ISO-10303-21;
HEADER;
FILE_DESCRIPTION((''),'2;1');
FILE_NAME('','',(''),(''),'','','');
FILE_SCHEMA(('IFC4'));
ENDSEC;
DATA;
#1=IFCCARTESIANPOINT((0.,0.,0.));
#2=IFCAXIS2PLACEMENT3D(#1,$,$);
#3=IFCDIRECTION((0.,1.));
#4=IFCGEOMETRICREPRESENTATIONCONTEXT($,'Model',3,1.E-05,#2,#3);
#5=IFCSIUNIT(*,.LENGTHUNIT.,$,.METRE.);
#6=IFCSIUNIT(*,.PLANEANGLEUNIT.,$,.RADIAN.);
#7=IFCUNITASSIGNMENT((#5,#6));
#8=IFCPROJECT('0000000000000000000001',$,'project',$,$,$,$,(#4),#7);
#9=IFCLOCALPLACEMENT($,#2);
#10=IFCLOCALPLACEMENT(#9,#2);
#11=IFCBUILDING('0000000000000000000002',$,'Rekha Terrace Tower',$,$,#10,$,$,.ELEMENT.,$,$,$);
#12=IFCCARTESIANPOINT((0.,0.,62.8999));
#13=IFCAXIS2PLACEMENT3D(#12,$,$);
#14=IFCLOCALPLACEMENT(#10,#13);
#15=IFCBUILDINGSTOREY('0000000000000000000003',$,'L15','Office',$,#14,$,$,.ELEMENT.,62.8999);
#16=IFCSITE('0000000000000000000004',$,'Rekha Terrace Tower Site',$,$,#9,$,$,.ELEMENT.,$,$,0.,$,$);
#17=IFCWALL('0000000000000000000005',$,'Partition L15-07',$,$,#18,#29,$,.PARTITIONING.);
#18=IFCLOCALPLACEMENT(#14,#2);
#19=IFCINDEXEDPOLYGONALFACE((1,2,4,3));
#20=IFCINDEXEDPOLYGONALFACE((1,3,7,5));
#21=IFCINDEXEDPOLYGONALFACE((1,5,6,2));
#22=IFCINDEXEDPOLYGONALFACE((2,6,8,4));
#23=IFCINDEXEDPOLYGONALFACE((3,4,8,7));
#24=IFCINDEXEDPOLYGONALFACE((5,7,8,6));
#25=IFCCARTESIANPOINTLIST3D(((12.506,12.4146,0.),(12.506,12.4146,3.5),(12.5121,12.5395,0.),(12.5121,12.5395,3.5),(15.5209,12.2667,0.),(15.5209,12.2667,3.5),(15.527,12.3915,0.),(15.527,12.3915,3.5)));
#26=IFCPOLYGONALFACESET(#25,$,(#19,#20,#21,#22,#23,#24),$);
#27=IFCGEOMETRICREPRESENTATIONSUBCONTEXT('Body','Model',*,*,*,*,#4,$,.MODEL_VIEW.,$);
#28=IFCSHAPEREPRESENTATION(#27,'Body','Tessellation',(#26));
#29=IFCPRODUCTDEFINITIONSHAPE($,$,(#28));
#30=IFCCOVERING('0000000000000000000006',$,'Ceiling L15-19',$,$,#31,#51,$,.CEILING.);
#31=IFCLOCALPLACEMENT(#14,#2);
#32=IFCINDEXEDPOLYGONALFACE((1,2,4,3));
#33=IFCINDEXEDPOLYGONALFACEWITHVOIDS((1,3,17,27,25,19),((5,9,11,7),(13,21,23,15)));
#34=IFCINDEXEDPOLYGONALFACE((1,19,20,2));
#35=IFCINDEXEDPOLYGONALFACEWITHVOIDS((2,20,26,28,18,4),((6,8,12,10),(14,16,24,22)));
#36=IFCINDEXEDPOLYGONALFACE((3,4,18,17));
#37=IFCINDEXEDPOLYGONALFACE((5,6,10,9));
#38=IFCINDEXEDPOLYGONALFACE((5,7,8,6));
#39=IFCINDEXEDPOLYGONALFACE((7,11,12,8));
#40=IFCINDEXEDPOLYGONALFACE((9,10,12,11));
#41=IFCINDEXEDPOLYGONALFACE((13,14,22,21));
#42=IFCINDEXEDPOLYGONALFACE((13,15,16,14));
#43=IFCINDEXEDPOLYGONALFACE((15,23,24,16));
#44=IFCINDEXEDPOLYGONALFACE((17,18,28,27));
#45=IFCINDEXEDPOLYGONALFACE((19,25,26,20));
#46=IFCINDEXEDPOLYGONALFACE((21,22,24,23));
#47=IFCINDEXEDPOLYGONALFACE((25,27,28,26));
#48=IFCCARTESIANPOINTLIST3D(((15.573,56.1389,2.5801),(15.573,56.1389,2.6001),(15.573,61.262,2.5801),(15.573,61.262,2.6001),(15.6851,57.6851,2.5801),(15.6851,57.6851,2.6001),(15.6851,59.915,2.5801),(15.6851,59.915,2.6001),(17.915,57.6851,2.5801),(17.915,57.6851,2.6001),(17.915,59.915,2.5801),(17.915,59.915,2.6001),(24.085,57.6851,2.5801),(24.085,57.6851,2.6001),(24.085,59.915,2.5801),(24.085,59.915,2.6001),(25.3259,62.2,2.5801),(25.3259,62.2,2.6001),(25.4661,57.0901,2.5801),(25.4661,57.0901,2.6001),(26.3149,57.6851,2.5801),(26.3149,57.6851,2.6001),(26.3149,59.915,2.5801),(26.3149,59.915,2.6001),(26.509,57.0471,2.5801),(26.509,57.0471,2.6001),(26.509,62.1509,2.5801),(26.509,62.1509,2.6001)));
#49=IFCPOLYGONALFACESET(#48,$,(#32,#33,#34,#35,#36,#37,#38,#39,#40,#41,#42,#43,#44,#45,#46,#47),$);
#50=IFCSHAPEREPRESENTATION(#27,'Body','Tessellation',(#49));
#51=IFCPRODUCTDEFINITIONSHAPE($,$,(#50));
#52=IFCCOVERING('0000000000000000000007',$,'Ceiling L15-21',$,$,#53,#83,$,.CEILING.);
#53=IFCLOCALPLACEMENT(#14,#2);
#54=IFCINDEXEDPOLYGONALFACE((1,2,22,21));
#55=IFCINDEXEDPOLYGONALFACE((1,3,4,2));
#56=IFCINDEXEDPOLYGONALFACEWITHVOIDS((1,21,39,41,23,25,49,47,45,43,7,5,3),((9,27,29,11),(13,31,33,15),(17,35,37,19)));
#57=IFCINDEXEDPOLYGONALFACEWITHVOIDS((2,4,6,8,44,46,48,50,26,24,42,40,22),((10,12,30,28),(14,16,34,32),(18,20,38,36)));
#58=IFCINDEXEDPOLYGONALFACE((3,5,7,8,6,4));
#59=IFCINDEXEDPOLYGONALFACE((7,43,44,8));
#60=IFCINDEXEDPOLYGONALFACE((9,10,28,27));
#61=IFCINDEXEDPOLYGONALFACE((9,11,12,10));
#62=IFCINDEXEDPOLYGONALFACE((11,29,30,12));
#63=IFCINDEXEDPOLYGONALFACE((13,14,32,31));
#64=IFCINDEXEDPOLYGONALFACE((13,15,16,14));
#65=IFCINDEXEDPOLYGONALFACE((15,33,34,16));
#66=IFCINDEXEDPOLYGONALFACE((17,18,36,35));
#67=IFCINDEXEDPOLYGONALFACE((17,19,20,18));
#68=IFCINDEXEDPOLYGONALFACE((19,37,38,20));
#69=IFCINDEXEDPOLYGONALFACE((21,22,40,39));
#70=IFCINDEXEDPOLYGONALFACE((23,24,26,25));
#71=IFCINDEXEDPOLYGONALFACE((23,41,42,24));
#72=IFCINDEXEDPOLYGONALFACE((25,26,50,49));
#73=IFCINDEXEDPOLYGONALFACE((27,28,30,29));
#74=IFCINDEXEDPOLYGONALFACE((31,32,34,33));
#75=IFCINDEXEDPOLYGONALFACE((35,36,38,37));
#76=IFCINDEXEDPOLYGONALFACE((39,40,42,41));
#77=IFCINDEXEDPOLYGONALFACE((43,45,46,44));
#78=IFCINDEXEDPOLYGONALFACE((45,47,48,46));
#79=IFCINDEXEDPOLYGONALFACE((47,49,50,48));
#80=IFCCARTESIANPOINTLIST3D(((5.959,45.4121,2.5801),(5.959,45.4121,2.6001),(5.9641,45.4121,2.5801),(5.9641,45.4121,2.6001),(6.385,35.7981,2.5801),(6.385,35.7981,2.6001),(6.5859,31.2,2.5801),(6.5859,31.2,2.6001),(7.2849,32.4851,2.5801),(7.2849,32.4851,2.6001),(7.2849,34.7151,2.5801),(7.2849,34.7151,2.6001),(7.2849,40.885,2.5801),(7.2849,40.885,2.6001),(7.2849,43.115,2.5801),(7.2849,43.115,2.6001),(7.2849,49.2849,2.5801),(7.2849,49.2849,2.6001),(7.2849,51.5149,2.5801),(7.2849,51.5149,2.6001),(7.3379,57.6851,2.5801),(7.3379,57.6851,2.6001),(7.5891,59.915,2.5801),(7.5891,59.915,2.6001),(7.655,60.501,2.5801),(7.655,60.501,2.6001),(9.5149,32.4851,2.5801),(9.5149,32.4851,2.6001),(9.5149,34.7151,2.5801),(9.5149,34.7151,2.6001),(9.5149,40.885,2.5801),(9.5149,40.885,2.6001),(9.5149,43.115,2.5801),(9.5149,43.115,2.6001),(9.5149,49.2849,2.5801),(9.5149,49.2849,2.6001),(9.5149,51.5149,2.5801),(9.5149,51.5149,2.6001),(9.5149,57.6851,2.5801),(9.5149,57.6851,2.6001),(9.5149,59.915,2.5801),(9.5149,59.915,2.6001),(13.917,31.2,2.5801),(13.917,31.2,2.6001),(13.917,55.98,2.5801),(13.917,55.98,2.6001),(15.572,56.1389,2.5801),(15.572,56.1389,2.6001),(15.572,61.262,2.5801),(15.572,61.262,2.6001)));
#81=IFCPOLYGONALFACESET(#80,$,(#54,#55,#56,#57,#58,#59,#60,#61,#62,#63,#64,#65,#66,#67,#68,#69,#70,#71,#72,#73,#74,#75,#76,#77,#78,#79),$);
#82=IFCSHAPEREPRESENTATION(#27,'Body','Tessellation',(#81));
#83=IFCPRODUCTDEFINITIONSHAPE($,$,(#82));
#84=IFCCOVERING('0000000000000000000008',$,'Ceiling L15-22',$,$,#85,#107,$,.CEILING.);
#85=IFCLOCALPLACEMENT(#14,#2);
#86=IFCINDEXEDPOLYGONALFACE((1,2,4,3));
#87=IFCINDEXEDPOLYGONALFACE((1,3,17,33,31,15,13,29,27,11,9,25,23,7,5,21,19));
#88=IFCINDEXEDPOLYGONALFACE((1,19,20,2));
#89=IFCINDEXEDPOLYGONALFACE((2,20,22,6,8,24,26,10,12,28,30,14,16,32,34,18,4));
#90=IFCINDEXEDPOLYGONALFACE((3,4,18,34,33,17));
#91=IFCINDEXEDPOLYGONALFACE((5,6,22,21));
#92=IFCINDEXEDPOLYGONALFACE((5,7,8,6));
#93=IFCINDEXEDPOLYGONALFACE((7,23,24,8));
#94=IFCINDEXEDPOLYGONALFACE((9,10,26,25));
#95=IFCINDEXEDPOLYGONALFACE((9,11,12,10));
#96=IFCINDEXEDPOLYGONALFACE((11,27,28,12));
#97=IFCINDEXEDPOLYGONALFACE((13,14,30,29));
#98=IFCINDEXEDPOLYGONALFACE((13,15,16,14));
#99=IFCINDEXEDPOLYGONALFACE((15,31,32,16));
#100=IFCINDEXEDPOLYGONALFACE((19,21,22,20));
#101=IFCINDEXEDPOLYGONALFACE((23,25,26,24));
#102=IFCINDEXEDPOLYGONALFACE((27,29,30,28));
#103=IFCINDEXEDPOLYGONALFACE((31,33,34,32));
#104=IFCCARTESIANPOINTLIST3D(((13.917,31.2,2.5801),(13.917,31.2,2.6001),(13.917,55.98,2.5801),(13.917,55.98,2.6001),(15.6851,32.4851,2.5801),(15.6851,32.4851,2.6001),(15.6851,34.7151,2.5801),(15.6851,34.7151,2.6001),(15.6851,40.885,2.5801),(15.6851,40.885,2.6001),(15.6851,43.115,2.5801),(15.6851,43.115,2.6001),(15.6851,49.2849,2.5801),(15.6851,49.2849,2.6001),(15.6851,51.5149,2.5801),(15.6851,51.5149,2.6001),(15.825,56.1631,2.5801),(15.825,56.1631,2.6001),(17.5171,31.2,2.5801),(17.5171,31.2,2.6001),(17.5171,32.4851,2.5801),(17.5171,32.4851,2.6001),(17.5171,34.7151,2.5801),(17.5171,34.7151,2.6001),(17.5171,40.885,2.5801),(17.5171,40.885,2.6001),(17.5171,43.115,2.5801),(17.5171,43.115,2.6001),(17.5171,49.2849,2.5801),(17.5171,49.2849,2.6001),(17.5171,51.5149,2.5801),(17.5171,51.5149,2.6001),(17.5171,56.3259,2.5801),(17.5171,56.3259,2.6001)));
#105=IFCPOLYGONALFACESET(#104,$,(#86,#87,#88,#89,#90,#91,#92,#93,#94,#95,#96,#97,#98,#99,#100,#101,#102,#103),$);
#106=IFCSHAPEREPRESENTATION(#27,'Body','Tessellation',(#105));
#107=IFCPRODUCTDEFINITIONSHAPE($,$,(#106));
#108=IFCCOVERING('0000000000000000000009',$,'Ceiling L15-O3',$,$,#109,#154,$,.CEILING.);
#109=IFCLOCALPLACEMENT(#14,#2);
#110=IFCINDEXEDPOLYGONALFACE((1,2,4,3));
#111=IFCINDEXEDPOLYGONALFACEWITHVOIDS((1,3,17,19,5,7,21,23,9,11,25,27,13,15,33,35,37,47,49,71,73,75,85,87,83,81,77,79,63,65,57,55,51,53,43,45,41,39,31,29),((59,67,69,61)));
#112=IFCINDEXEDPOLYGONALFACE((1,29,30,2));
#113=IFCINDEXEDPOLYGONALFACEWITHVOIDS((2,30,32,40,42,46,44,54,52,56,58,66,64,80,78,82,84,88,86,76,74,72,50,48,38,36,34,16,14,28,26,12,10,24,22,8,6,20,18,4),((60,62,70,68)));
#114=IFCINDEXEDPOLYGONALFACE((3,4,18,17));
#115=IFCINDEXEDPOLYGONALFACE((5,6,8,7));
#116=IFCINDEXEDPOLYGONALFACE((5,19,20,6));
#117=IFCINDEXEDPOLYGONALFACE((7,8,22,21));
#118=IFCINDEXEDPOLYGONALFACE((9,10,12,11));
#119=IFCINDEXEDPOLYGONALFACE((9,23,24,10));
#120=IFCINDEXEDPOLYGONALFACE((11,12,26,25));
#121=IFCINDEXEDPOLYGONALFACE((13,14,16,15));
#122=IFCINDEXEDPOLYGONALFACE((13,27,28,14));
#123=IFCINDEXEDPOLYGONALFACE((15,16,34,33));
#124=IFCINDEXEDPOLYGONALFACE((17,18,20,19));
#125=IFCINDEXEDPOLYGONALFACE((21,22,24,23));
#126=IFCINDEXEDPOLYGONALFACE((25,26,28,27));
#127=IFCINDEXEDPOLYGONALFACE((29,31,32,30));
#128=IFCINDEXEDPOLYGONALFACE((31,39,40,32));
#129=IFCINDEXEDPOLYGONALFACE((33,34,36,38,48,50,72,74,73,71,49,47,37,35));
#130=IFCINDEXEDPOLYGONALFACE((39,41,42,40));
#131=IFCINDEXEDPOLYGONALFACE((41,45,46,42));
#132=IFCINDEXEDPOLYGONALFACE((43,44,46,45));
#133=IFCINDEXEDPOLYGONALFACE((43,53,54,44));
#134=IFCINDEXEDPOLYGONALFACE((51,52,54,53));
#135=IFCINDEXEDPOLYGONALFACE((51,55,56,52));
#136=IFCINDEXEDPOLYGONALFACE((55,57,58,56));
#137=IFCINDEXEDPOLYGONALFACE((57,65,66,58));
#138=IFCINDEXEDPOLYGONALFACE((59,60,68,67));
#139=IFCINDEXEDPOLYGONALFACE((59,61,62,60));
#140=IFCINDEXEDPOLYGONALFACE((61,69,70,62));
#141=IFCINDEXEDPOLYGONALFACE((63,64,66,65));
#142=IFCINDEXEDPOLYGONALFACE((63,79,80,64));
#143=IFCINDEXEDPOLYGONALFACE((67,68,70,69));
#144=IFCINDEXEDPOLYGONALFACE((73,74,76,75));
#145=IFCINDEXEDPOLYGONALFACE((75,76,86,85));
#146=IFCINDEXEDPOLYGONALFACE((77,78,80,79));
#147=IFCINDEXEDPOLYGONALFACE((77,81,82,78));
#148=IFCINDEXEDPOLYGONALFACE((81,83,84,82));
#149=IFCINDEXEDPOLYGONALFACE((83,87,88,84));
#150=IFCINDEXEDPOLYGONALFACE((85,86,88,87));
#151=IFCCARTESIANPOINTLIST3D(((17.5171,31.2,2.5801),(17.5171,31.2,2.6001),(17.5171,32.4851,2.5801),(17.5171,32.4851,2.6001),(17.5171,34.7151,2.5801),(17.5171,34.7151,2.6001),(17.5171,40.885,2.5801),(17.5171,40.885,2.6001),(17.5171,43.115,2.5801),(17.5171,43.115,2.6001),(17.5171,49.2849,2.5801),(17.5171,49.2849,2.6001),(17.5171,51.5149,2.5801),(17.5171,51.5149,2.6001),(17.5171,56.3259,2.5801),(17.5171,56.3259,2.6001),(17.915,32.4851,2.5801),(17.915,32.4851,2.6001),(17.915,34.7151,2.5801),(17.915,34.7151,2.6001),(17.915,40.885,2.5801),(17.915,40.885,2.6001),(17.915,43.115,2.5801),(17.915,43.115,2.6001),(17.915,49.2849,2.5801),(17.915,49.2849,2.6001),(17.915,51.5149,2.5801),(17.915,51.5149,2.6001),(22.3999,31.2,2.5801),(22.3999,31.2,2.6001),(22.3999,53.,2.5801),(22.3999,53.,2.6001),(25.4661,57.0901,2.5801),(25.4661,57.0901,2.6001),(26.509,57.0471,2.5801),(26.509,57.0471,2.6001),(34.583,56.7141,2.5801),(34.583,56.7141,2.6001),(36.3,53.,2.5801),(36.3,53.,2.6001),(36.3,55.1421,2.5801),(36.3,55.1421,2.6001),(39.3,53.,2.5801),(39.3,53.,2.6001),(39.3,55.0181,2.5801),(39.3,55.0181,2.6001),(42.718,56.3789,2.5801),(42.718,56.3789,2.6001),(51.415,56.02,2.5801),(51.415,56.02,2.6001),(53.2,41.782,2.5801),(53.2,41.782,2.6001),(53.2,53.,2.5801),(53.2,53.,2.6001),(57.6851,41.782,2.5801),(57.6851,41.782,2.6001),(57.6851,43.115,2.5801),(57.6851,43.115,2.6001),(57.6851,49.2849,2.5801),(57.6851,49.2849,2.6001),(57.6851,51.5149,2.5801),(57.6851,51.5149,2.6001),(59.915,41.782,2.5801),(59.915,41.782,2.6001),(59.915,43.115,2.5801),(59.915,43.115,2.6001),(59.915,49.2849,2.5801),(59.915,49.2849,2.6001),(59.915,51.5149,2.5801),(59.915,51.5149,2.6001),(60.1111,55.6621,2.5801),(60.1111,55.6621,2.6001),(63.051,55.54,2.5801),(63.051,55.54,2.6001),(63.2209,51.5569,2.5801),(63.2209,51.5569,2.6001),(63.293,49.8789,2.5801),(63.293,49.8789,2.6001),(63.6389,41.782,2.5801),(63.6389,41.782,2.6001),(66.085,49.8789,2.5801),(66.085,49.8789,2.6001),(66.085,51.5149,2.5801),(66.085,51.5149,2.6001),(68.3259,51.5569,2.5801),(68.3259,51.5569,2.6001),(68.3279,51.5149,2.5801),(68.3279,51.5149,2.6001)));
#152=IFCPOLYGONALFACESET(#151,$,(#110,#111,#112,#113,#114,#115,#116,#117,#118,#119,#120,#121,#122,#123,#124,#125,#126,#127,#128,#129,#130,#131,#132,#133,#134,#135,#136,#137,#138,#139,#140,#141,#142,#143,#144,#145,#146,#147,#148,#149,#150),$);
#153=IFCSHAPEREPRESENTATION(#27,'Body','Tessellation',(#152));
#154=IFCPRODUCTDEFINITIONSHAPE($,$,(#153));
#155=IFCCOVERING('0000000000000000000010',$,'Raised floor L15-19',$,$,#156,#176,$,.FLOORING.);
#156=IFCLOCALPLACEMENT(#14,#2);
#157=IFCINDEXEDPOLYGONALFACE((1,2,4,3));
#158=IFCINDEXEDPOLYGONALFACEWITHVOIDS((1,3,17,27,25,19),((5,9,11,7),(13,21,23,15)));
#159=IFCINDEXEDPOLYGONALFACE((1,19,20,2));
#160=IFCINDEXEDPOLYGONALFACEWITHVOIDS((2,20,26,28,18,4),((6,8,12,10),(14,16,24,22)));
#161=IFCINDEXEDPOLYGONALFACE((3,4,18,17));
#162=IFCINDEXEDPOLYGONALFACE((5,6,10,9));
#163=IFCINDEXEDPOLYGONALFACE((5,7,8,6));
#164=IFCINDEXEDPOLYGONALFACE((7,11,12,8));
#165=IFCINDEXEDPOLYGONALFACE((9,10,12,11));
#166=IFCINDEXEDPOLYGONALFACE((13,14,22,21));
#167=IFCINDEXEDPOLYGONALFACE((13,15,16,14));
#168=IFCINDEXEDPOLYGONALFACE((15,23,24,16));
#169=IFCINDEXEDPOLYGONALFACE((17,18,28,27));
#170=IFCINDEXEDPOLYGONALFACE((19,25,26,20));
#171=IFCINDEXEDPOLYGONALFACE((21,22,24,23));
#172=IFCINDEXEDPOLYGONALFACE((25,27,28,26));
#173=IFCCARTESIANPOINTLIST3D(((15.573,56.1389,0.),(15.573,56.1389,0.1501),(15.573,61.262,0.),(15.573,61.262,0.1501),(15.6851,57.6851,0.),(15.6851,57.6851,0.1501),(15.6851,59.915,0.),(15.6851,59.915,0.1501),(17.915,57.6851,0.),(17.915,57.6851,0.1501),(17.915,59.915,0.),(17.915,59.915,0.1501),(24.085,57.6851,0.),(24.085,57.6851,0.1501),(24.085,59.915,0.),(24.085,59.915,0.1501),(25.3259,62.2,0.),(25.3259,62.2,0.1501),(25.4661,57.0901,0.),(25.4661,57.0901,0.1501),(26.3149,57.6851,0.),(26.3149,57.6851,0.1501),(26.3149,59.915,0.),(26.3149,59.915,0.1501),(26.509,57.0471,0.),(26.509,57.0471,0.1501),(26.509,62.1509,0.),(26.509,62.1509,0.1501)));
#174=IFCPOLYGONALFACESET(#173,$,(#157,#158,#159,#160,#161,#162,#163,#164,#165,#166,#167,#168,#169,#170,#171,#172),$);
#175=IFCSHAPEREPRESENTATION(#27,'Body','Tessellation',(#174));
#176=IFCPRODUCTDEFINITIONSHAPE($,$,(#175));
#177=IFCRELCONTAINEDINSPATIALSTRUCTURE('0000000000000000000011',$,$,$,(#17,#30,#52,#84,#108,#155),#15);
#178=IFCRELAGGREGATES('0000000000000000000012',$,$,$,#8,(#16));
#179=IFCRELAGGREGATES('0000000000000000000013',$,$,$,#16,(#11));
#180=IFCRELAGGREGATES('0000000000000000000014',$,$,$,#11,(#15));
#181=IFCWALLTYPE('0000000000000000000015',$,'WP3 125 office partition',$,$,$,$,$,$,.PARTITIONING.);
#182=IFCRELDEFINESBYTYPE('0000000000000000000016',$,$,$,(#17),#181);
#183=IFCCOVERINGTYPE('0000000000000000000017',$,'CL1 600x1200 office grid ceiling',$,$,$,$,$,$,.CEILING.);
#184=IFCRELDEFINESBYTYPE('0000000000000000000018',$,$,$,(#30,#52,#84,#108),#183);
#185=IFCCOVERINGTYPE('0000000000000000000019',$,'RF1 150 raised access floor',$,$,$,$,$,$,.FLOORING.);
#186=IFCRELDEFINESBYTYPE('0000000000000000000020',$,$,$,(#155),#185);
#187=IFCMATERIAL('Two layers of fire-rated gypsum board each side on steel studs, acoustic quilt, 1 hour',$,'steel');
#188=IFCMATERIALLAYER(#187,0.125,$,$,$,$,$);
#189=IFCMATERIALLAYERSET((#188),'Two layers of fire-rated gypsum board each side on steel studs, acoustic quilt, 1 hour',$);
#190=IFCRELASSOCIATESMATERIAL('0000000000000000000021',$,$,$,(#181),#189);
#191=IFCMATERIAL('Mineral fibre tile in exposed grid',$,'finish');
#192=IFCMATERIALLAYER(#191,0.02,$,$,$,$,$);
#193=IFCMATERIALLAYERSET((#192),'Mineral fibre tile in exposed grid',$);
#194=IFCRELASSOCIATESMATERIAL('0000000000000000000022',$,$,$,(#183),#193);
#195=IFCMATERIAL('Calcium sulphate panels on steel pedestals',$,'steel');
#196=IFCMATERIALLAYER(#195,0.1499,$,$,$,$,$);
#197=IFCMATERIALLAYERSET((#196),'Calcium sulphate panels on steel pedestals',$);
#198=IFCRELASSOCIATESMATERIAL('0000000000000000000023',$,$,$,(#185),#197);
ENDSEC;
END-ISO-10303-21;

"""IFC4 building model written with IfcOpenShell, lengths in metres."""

from ifc_helpers import new_model, si_unit, direction, frame, frame_2d, origin, place, context, subcontext, project, spatial, polyline, rectangle, outline, extrude, material, layer, layer_set, type_object, element, save


model = new_model("IFC4")

# Units and contexts
model_context = context("Model", 3, precision=1e-05, world=origin(), true_north=direction((0.0, 1.0)))
body_context = subcontext(model_context, "Body", "Model", "MODEL_VIEW")
ifc_project = project(units=[si_unit("LENGTHUNIT", "METRE"), si_unit("PLANEANGLEUNIT", "RADIAN")], contexts=[model_context])

# Site, building, storey
site_placement = place(None, origin())
site = spatial("IfcSite", under=ifc_project, at=site_placement, Name="Rekha Terrace Tower Site", CompositionType="ELEMENT", RefElevation=0.0)
building_placement = place(site_placement, origin())
building = spatial("IfcBuilding", under=site, at=building_placement, Name="Rekha Terrace Tower", CompositionType="ELEMENT")
storey_placement = place(building_placement, frame((0.0, 0.0, 62.8999)))
storey = spatial("IfcBuildingStorey", under=building, at=storey_placement, Name="L15", Description="Office", CompositionType="ELEMENT", Elevation=62.8999)

# Shared definitions
ifc_material_1 = material(Name="Two layers of fire-rated gypsum board each side on steel studs, acoustic quilt, 1 hour", Category="steel")
ifc_layer_1 = layer(ifc_material_1, 0.125)
ifc_layer_set_1 = layer_set([ifc_layer_1], Name="Two layers of fire-rated gypsum board each side on steel studs, acoustic quilt, 1 hour")
wall_type = type_object("IfcWallType", Name="WP3 125 office partition", PredefinedType="PARTITIONING", material=ifc_layer_set_1)

# Wall
wall_1_placement = place(storey_placement, frame((12.509, 12.4771, 0.0), z_axis=(0.0, 0.0, 1.0), x_axis=(0.998798, -0.049014, 0.0)))
element("IfcWall", 1, at=wall_1_placement, inside=storey, type_object=wall_type, Name="Partition L15-07", PredefinedType="PARTITIONING", context=body_context, shape_type="SweptSolid", body=[
    extrude(rectangle(XDim=3.0186, YDim=0.125, at=frame_2d((1.5093, 0.0))), origin(), (0.0, 0.0, 1.0), 3.5),
])

# Coverings
ifc_material_2 = material(Name="Mineral fibre tile in exposed grid", Category="finish")
ifc_layer_2 = layer(ifc_material_2, 0.02)
ifc_layer_set_2 = layer_set([ifc_layer_2], Name="Mineral fibre tile in exposed grid")
covering_type_1 = type_object("IfcCoveringType", Name="CL1 600x1200 office grid ceiling", PredefinedType="CEILING", material=ifc_layer_set_2)
covering_1_placement = place(storey_placement, frame((0.0, 0.0, 2.5801)))
element("IfcCovering", 2, at=covering_1_placement, inside=storey, type_object=covering_type_1, Name="Ceiling L15-19", PredefinedType="CEILING", context=body_context, shape_type="SweptSolid", body=[
    extrude(outline(polyline([(25.3259, 62.2), (15.573, 61.262), (15.573, 56.1389), (25.4661, 57.0901), (26.509, 57.0471), (26.509, 62.1509), (25.3259, 62.2)]), holes=[polyline([(26.3149, 57.6851), (24.085, 57.6851), (24.085, 59.915), (26.3149, 59.915), (26.3149, 57.6851)]), polyline([(17.915, 57.6851), (15.6851, 57.6851), (15.6851, 59.915), (17.915, 59.915), (17.915, 57.6851)])]), origin(), (0.0, 0.0, 1.0), 0.02),
])
covering_2_placement = place(storey_placement, frame((0.0, 0.0, 2.5801)))
element("IfcCovering", 3, at=covering_2_placement, inside=storey, type_object=covering_type_1, Name="Ceiling L15-21", PredefinedType="CEILING", context=body_context, shape_type="SweptSolid", body=[
    extrude(outline(polyline([(7.3379, 57.6851), (5.959, 45.4121), (5.9641, 45.4121), (6.385, 35.7981), (6.5859, 31.2), (13.917, 31.2), (13.917, 55.98), (15.572, 56.1389), (15.572, 61.262), (7.655, 60.501), (7.5891, 59.915), (9.5149, 59.915), (9.5149, 57.6851), (7.3379, 57.6851)]), holes=[polyline([(9.5149, 32.4851), (7.2849, 32.4851), (7.2849, 34.7151), (9.5149, 34.7151), (9.5149, 32.4851)]), polyline([(9.5149, 40.885), (7.2849, 40.885), (7.2849, 43.115), (9.5149, 43.115), (9.5149, 40.885)]), polyline([(9.5149, 51.5149), (9.5149, 49.2849), (7.2849, 49.2849), (7.2849, 51.5149), (9.5149, 51.5149)])]), origin(), (0.0, 0.0, 1.0), 0.02),
])
covering_3_placement = place(storey_placement, frame((0.0, 0.0, 2.5801)))
element("IfcCovering", 4, at=covering_3_placement, inside=storey, type_object=covering_type_1, Name="Ceiling L15-22", PredefinedType="CEILING", context=body_context, shape_type="SweptSolid", body=[
    extrude(outline(polyline([(17.5171, 56.3259), (15.825, 56.1631), (13.917, 55.98), (13.917, 31.2), (17.5171, 31.2), (17.5171, 32.4851), (15.6851, 32.4851), (15.6851, 34.7151), (17.5171, 34.7151), (17.5171, 40.885), (15.6851, 40.885), (15.6851, 43.115), (17.5171, 43.115), (17.5171, 49.2849), (15.6851, 49.2849), (15.6851, 51.5149), (17.5171, 51.5149), (17.5171, 56.3259)])), origin(), (0.0, 0.0, 1.0), 0.02),
])
covering_4_placement = place(storey_placement, frame((0.0, 0.0, 2.5801)))
element("IfcCovering", 5, at=covering_4_placement, inside=storey, type_object=covering_type_1, Name="Ceiling L15-O3", PredefinedType="CEILING", context=body_context, shape_type="SweptSolid", body=[
    extrude(outline(polyline([(34.583, 56.7141), (26.509, 57.0471), (25.4661, 57.0901), (17.5171, 56.3259), (17.5171, 51.5149), (17.915, 51.5149), (17.915, 49.2849), (17.5171, 49.2849), (17.5171, 43.115), (17.915, 43.115), (17.915, 40.885), (17.5171, 40.885), (17.5171, 34.7151), (17.915, 34.7151), (17.915, 32.4851), (17.5171, 32.4851), (17.5171, 31.2), (22.3999, 31.2), (22.3999, 53.0), (36.3, 53.0), (36.3, 55.1421), (39.3, 55.0181), (39.3, 53.0), (53.2, 53.0), (53.2, 41.782), (57.6851, 41.782), (57.6851, 43.115), (59.915, 43.115), (59.915, 41.782), (63.6389, 41.782), (63.293, 49.8789), (66.085, 49.8789), (66.085, 51.5149), (68.3279, 51.5149), (68.3259, 51.5569), (63.2209, 51.5569), (63.051, 55.54), (60.1111, 55.6621), (51.415, 56.02), (42.718, 56.3789), (34.583, 56.7141)]), holes=[polyline([(59.915, 49.2849), (57.6851, 49.2849), (57.6851, 51.5149), (59.915, 51.5149), (59.915, 49.2849)])]), origin(), (0.0, 0.0, 1.0), 0.02),
])
ifc_material_3 = material(Name="Calcium sulphate panels on steel pedestals", Category="steel")
ifc_layer_3 = layer(ifc_material_3, 0.1499)
ifc_layer_set_3 = layer_set([ifc_layer_3], Name="Calcium sulphate panels on steel pedestals")
covering_type_2 = type_object("IfcCoveringType", Name="RF1 150 raised access floor", PredefinedType="FLOORING", material=ifc_layer_set_3)
covering_5_placement = place(storey_placement, origin())
element("IfcCovering", 6, at=covering_5_placement, inside=storey, type_object=covering_type_2, Name="Raised floor L15-19", PredefinedType="FLOORING", context=body_context, shape_type="SweptSolid", body=[
    extrude(outline(polyline([(25.3259, 62.2), (15.573, 61.262), (15.573, 56.1389), (25.4661, 57.0901), (26.509, 57.0471), (26.509, 62.1509), (25.3259, 62.2)]), holes=[polyline([(26.3149, 57.6851), (24.085, 57.6851), (24.085, 59.915), (26.3149, 59.915), (26.3149, 57.6851)]), polyline([(17.915, 57.6851), (15.6851, 57.6851), (15.6851, 59.915), (17.915, 59.915), (17.915, 57.6851)])]), origin(), (0.0, 0.0, 1.0), 0.1501),
])

save(model, "model.ifc")
